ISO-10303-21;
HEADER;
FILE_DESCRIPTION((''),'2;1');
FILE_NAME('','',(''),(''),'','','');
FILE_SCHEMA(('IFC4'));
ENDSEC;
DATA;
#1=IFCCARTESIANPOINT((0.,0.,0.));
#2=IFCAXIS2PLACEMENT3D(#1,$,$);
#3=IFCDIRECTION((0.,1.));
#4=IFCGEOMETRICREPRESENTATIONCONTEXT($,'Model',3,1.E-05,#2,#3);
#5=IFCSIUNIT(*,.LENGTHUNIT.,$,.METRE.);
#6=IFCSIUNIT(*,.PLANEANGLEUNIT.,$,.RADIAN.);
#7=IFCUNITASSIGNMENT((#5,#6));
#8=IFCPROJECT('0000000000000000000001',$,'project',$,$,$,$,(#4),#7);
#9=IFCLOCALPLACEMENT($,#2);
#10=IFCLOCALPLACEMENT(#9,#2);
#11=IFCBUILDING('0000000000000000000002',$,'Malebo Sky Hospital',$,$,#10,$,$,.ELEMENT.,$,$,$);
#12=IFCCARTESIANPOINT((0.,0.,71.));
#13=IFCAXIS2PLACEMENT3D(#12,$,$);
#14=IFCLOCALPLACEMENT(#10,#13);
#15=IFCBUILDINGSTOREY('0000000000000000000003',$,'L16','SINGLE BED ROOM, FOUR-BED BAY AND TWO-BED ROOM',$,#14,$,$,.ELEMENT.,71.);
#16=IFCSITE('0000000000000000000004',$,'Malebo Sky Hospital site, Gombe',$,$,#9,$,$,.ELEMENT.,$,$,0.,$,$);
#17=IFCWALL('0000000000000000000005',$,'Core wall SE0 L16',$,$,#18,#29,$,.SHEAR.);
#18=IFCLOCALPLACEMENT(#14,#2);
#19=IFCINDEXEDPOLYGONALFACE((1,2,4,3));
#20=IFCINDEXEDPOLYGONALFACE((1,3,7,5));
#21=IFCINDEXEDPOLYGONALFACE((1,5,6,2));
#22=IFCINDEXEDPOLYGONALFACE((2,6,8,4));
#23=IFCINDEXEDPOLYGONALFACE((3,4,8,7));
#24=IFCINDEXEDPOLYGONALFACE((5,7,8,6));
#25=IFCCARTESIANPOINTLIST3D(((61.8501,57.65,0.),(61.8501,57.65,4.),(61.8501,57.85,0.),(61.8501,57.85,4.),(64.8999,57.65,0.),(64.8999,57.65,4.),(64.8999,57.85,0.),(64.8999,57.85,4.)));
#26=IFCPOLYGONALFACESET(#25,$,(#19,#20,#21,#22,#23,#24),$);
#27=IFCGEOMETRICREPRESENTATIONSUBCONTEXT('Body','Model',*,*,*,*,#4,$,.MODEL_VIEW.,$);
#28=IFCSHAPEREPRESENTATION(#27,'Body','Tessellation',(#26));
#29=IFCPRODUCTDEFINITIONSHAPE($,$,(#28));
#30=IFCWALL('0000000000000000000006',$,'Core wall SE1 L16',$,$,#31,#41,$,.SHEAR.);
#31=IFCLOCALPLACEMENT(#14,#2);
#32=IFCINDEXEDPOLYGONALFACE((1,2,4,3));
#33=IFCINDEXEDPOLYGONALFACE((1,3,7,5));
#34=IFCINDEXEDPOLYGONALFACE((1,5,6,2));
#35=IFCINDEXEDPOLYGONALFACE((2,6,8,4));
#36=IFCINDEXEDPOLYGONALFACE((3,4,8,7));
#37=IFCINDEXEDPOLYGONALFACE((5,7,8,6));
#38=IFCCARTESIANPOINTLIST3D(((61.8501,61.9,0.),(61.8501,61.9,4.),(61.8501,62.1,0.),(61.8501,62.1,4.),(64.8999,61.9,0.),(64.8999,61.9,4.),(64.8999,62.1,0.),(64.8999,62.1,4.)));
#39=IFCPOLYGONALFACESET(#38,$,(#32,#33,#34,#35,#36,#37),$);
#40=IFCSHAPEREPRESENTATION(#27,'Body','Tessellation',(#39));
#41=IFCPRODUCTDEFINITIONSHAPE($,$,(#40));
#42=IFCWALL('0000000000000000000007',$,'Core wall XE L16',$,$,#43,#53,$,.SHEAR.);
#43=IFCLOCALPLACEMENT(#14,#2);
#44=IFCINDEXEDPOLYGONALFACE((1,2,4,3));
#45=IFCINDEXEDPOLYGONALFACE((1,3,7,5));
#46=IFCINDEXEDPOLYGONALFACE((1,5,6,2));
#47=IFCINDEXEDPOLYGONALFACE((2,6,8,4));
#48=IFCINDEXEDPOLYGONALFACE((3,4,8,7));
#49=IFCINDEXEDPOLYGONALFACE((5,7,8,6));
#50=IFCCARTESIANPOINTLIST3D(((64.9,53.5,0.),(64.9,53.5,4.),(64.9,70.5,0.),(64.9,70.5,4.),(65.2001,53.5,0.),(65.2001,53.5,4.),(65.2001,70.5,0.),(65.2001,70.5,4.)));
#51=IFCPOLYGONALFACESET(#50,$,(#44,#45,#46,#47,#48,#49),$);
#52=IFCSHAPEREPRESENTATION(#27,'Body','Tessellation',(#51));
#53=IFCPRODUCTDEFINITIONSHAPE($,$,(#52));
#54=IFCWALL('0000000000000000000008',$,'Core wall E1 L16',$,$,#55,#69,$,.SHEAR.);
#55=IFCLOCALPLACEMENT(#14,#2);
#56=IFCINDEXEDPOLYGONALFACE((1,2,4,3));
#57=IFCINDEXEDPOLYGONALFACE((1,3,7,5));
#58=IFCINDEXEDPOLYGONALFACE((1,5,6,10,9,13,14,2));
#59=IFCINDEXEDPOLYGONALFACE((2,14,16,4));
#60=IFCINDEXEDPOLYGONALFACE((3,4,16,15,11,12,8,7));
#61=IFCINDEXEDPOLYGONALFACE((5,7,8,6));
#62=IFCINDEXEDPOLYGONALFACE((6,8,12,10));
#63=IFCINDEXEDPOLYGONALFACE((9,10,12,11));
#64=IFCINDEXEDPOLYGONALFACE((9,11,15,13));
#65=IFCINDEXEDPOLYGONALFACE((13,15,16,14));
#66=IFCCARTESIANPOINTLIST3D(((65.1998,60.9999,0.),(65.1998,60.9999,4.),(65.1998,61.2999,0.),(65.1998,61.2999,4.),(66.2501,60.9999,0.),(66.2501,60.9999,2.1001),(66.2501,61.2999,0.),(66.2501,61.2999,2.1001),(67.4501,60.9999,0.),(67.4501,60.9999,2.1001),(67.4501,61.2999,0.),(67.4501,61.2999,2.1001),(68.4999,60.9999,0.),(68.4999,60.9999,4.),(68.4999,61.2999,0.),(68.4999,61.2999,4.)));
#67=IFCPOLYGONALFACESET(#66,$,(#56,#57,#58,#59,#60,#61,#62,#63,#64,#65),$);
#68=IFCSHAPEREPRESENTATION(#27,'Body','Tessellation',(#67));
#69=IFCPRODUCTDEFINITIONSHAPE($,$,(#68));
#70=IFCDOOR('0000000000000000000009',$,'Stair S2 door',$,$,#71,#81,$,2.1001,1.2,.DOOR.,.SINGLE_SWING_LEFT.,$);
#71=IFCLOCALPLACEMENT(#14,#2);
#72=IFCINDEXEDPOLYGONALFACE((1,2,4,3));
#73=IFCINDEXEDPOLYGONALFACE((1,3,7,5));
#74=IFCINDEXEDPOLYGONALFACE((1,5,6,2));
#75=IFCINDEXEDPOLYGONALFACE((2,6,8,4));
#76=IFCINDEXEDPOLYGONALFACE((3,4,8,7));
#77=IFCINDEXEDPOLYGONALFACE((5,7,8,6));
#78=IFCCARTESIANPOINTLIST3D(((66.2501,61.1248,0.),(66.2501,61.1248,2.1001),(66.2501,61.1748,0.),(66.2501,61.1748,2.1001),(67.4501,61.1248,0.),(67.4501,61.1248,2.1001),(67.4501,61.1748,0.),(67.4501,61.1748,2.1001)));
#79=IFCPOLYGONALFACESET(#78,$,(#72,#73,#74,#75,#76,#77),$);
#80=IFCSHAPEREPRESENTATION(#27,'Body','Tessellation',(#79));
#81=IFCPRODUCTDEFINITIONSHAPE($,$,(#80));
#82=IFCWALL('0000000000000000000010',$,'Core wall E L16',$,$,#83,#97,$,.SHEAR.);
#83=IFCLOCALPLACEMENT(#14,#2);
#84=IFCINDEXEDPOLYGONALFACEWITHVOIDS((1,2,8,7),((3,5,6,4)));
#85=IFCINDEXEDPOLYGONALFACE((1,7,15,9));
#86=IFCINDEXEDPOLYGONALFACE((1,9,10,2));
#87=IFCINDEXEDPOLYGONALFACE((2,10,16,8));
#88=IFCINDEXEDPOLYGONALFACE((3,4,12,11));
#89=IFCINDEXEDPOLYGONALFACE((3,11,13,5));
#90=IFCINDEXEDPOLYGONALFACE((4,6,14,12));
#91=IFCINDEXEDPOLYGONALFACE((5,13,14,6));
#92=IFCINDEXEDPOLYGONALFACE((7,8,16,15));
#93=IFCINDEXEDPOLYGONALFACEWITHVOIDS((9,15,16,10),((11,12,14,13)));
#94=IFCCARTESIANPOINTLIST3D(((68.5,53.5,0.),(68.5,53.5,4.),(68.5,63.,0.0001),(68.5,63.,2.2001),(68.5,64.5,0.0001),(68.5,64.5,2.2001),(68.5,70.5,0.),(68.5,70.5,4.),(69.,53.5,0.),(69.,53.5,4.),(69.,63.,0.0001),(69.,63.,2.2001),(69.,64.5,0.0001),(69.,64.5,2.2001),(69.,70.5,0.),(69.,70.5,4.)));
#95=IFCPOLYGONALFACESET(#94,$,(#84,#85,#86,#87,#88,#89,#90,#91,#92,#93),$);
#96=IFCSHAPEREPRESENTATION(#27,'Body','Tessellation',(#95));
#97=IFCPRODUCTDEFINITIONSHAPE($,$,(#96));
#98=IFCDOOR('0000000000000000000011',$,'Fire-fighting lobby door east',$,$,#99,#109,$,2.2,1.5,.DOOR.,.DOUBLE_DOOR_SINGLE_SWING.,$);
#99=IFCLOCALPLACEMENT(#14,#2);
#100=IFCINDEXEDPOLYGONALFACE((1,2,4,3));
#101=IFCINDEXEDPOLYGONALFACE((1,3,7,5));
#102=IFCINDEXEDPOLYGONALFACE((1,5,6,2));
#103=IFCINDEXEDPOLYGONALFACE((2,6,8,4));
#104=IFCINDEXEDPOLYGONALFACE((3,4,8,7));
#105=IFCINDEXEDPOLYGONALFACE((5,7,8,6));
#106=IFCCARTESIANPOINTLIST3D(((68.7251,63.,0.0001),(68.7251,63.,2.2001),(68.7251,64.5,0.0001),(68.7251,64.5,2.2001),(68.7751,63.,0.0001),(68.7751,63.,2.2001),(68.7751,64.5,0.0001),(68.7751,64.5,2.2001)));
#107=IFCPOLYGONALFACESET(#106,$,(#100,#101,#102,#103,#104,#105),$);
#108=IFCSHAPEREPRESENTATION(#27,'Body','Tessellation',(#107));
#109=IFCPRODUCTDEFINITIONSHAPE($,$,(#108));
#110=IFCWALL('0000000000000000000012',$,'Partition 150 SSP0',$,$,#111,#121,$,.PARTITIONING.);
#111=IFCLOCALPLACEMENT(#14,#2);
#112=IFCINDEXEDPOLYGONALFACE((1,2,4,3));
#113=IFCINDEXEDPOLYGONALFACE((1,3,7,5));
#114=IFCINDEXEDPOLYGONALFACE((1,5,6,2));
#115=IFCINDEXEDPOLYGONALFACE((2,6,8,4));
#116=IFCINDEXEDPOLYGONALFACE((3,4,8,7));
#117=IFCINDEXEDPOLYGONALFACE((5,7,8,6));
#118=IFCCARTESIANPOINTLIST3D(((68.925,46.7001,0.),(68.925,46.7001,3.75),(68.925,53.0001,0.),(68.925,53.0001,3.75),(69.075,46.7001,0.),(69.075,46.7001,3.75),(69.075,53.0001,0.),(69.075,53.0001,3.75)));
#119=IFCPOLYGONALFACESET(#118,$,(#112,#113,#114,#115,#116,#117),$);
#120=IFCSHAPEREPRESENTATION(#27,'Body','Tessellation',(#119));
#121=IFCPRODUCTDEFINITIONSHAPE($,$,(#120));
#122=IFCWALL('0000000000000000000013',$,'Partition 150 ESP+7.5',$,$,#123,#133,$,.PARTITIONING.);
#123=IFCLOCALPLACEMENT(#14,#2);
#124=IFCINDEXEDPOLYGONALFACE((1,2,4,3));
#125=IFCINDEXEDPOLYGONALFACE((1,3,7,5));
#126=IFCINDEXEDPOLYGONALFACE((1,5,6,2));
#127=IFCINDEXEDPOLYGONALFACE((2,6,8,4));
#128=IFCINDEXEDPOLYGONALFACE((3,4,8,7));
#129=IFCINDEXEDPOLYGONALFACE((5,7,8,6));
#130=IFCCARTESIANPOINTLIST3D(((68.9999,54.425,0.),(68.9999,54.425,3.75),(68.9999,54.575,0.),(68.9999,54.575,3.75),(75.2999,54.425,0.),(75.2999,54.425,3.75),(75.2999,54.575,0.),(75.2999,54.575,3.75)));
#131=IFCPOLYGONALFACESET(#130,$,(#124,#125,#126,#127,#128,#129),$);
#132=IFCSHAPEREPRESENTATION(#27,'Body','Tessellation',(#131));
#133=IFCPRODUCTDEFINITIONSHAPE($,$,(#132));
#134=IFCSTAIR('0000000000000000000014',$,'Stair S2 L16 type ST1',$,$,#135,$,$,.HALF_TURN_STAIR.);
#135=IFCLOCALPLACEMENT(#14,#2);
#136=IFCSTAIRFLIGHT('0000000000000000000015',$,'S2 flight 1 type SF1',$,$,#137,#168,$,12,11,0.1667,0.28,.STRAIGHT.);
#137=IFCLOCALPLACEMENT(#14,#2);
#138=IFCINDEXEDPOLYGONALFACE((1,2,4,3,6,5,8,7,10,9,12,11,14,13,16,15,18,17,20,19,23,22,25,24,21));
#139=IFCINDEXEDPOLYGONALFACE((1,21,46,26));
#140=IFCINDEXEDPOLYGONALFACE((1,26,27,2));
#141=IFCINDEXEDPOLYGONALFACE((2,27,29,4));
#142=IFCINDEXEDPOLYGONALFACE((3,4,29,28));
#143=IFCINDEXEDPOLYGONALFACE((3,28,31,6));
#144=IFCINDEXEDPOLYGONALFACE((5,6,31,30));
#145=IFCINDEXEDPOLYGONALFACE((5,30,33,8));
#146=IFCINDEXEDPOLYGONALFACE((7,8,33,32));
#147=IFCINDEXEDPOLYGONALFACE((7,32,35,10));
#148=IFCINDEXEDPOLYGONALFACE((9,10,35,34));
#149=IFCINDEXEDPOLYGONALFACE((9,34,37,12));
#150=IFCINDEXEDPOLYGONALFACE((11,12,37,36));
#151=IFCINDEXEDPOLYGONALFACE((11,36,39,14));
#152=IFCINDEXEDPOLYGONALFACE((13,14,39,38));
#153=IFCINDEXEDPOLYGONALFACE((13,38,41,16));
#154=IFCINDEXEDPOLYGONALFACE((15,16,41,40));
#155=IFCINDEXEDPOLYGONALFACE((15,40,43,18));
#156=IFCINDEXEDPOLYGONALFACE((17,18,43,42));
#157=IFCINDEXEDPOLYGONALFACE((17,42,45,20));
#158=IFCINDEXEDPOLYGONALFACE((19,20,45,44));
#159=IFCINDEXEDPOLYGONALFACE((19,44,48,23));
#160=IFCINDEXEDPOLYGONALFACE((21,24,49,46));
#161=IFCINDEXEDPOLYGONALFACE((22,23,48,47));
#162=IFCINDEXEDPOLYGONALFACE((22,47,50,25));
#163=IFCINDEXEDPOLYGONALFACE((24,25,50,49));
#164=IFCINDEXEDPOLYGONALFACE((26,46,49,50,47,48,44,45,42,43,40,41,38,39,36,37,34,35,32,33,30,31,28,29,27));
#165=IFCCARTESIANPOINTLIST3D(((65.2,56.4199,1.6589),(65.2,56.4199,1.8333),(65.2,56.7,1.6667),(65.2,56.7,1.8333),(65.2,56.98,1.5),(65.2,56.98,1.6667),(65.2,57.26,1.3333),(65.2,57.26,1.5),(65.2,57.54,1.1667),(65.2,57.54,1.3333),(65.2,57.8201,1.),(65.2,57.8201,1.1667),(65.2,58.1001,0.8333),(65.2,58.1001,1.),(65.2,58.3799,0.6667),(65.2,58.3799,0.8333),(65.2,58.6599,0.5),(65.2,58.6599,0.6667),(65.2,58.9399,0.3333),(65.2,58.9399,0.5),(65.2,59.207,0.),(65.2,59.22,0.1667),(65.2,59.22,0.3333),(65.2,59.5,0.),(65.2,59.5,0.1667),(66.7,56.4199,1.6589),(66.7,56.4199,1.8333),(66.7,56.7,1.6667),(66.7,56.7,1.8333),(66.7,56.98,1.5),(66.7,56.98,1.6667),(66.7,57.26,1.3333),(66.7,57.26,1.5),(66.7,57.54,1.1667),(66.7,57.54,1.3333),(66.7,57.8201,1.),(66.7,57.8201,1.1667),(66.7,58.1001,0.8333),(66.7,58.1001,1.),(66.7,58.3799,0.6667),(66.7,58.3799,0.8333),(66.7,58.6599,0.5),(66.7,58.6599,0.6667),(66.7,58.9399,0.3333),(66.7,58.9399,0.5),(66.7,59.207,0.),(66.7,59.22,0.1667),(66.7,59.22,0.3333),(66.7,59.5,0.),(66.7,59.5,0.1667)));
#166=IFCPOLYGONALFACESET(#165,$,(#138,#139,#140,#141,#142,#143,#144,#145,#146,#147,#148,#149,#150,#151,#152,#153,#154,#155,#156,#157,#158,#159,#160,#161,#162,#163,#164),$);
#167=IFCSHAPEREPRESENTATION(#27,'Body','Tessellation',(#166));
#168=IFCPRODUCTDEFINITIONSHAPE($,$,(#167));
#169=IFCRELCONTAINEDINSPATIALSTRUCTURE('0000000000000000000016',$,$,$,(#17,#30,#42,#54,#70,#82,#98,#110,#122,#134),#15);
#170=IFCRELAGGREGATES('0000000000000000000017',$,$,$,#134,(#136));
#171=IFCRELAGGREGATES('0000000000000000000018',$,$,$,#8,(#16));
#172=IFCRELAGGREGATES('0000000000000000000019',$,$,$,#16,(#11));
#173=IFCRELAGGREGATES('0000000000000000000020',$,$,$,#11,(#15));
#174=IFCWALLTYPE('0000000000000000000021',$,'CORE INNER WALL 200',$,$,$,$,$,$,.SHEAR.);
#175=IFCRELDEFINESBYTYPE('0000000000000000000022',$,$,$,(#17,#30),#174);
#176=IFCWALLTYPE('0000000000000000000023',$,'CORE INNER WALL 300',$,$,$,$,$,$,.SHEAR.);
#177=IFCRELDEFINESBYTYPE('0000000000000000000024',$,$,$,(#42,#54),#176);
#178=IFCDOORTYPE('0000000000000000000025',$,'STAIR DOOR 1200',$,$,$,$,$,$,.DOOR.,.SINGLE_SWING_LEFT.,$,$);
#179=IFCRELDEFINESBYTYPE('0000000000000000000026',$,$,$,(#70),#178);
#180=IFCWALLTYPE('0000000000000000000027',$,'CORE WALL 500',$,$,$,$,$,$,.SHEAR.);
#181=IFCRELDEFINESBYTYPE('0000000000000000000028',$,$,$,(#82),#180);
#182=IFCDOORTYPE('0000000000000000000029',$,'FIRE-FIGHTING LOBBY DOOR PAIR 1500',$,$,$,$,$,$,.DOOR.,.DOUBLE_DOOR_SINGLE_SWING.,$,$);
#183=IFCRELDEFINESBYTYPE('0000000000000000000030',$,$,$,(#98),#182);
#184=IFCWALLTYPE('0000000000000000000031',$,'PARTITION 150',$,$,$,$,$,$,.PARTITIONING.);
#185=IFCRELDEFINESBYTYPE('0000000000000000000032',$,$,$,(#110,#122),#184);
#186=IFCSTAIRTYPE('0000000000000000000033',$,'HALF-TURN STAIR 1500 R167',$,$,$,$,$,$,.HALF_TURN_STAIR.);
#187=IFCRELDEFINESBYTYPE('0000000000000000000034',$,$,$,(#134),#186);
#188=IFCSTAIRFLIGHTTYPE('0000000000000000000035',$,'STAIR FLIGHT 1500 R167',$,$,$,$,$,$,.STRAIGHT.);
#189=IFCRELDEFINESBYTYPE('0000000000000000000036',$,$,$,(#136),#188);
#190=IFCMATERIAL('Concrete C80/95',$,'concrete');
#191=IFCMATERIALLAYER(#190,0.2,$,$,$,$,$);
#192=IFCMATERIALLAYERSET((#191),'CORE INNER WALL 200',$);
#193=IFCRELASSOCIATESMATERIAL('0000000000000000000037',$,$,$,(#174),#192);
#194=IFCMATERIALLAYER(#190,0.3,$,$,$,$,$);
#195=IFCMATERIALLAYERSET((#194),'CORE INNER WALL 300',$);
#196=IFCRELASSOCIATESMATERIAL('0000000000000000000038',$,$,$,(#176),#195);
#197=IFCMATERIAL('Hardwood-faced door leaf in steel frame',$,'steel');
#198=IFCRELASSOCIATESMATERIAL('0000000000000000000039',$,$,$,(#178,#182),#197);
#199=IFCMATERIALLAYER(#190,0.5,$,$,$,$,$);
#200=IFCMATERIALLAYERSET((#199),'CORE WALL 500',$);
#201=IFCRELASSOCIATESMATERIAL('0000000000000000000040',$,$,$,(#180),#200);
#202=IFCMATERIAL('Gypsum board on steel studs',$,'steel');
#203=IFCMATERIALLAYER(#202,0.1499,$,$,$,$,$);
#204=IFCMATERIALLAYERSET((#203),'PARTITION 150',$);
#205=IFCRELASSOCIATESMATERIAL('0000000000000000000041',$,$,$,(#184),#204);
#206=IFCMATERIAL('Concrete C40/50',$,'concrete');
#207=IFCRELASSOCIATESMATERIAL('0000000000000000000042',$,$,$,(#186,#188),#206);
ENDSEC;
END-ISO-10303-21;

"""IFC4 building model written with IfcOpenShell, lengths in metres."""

from ifc_helpers import new_model, si_unit, direction, frame, frame_2d, origin, place, context, subcontext, project, spatial, polyline, rectangle, outline, extrude, material, layer, layer_set, type_object, element, fill, aggregate, save


model = new_model("IFC4")

# Units and contexts
model_context = context("Model", 3, precision=1e-05, world=origin(), true_north=direction((0.0, 1.0)))
body_context = subcontext(model_context, "Body", "Model", "MODEL_VIEW")
ifc_project = project(units=[si_unit("LENGTHUNIT", "METRE"), si_unit("PLANEANGLEUNIT", "RADIAN")], contexts=[model_context])

# Site, building, storey
site_placement = place(None, origin())
site = spatial("IfcSite", under=ifc_project, at=site_placement, Name="Malebo Sky Hospital site, Gombe", CompositionType="ELEMENT", RefElevation=0.0)
building_placement = place(site_placement, origin())
building = spatial("IfcBuilding", under=site, at=building_placement, Name="Malebo Sky Hospital", CompositionType="ELEMENT")
storey_placement = place(building_placement, frame((0.0, 0.0, 71.0)))
storey = spatial("IfcBuildingStorey", under=building, at=storey_placement, Name="L16", Description="SINGLE BED ROOM, FOUR-BED BAY AND TWO-BED ROOM", CompositionType="ELEMENT", Elevation=71.0)

# Shared definitions
ifc_material_1 = material(Name="Concrete C80/95", Category="concrete")
ifc_layer_1 = layer(ifc_material_1, 0.2)
ifc_layer_set_1 = layer_set([ifc_layer_1], Name="CORE INNER WALL 200")
wall_type_1 = type_object("IfcWallType", Name="CORE INNER WALL 200", PredefinedType="SHEAR", material=ifc_layer_set_1)

# Walls
for number, where, z_axis, x_axis, name in (
    (1, (61.8501, 57.75, 0.0), (0.0, 0.0, 1.0), (1.0, 0.0, 0.0), "Core wall SE0 L16"),
    (2, (61.8501, 62.0, 0.0), (0.0, 0.0, 1.0), (1.0, 0.0, 0.0), "Core wall SE1 L16"),
):
    element("IfcWall", number, at=place(storey_placement, frame(where, z_axis=z_axis, x_axis=x_axis)), inside=storey, type_object=wall_type_1, Name=name, PredefinedType="SHEAR", context=body_context, shape_type="SweptSolid", body=[
        extrude(rectangle(XDim=3.0498, YDim=0.2, at=frame_2d((1.5249, 0.0))), origin(), (0.0, 0.0, 1.0), 4.0),
    ])
ifc_layer_2 = layer(ifc_material_1, 0.3)
ifc_layer_set_2 = layer_set([ifc_layer_2], Name="CORE INNER WALL 300")
wall_type_2 = type_object("IfcWallType", Name="CORE INNER WALL 300", PredefinedType="SHEAR", material=ifc_layer_set_2)
wall_1_placement = place(storey_placement, frame((65.05, 53.5, 0.0), z_axis=(0.0, 0.0, 1.0), x_axis=(0.0, 1.0, 0.0)))
element("IfcWall", 3, at=wall_1_placement, inside=storey, type_object=wall_type_2, Name="Core wall XE L16", PredefinedType="SHEAR", context=body_context, shape_type="SweptSolid", body=[
    extrude(rectangle(XDim=17.0, YDim=0.3, at=frame_2d((8.5, 0.0))), origin(), (0.0, 0.0, 1.0), 4.0),
])

# Walls, openings, doors
wall_2_placement = place(storey_placement, frame((65.2, 61.1499, 0.0), z_axis=(0.0, 0.0, 1.0), x_axis=(1.0, 0.0, 0.0)))
wall_2 = element("IfcWall", 4, at=wall_2_placement, inside=storey, type_object=wall_type_2, Name="Core wall E1 L16", PredefinedType="SHEAR", context=body_context, shape_type="SweptSolid", body=[
    extrude(rectangle(XDim=3.3, YDim=0.3, at=frame_2d((1.6499, 0.0))), origin(), (0.0, 0.0, 1.0), 4.0),
])
opening_1_placement = place(wall_2_placement, frame((1.05, 0.0, 0.0)))
opening_1 = element("IfcOpeningElement", 5, at=opening_1_placement, cuts=wall_2, PredefinedType="OPENING", context=body_context, shape_type="SweptSolid", body=[
    extrude(rectangle(XDim=1.2, YDim=2.1001, at=frame_2d((0.6001, 1.05))), frame((0.0, 0.1599, 0.0), z_axis=(0.0, -1.0, 0.0), x_axis=(1.0, 0.0, 0.0)), (0.0, 0.0, 1.0), 0.3201),
])
ifc_material_2 = material(Name="Hardwood-faced door leaf in steel frame", Category="steel")
door_type_1 = type_object("IfcDoorType", Name="STAIR DOOR 1200", OperationType="SINGLE_SWING_LEFT", PredefinedType="DOOR", material=ifc_material_2)
door_1_placement = place(opening_1_placement, origin())
door_1 = element("IfcDoor", 6, at=door_1_placement, inside=storey, type_object=door_type_1, Name="Stair S2 door", OperationType="SINGLE_SWING_LEFT", OverallHeight=2.1001, OverallWidth=1.2, PredefinedType="DOOR", context=body_context, shape_type="SweptSolid", body=[
    extrude(rectangle(XDim=1.2, YDim=2.1001, at=frame_2d((0.6001, 1.05))), frame((0.0, 0.0249, 0.0), z_axis=(0.0, -1.0, 0.0), x_axis=(1.0, 0.0, 0.0)), (0.0, 0.0, 1.0), 0.05),
])
fill(opening_1, door_1)
ifc_layer_3 = layer(ifc_material_1, 0.5)
ifc_layer_set_3 = layer_set([ifc_layer_3], Name="CORE WALL 500")
wall_type_3 = type_object("IfcWallType", Name="CORE WALL 500", PredefinedType="SHEAR", material=ifc_layer_set_3)
wall_3_placement = place(storey_placement, frame((68.75, 53.5, 0.0), z_axis=(0.0, 0.0, 1.0), x_axis=(0.0, 1.0, 0.0)))
wall_3 = element("IfcWall", 7, at=wall_3_placement, inside=storey, type_object=wall_type_3, Name="Core wall E L16", PredefinedType="SHEAR", context=body_context, shape_type="SweptSolid", body=[
    extrude(rectangle(XDim=17.0, YDim=0.5, at=frame_2d((8.5, 0.0))), origin(), (0.0, 0.0, 1.0), 4.0),
])
opening_2_placement = place(wall_3_placement, frame((9.5, 0.0, 0.0)))
opening_2 = element("IfcOpeningElement", 8, at=opening_2_placement, cuts=wall_3, PredefinedType="OPENING", context=body_context, shape_type="SweptSolid", body=[
    extrude(rectangle(XDim=1.5, YDim=2.2, at=frame_2d((0.75, 1.1001))), frame((0.0, 0.26, 0.0), z_axis=(0.0, -1.0, 0.0), x_axis=(1.0, 0.0, 0.0)), (0.0, 0.0, 1.0), 0.52),
])
door_type_2 = type_object("IfcDoorType", Name="FIRE-FIGHTING LOBBY DOOR PAIR 1500", OperationType="DOUBLE_DOOR_SINGLE_SWING", PredefinedType="DOOR", material=ifc_material_2)
door_2_placement = place(opening_2_placement, origin())
door_2 = element("IfcDoor", 9, at=door_2_placement, inside=storey, type_object=door_type_2, Name="Fire-fighting lobby door east", OperationType="DOUBLE_DOOR_SINGLE_SWING", OverallHeight=2.2, OverallWidth=1.5, PredefinedType="DOOR", context=body_context, shape_type="SweptSolid", body=[
    extrude(rectangle(XDim=1.5, YDim=2.2, at=frame_2d((0.75, 1.1001))), frame((0.0, 0.0249, 0.0), z_axis=(0.0, -1.0, 0.0), x_axis=(1.0, 0.0, 0.0)), (0.0, 0.0, 1.0), 0.05),
])
fill(opening_2, door_2)

# Walls
ifc_material_3 = material(Name="Gypsum board on steel studs", Category="steel")
ifc_layer_4 = layer(ifc_material_3, 0.1499)
ifc_layer_set_4 = layer_set([ifc_layer_4], Name="PARTITION 150")
wall_type_4 = type_object("IfcWallType", Name="PARTITION 150", PredefinedType="PARTITIONING", material=ifc_layer_set_4)
for number, where, z_axis, x_axis, name in (
    (10, (69.0, 53.0, 0.0), (0.0, 0.0, 1.0), (0.0, -1.0, 0.0), "Partition 150 SSP0"),
    (11, (69.0, 54.5, 0.0), (0.0, 0.0, 1.0), (1.0, 0.0, 0.0), "Partition 150 ESP+7.5"),
):
    element("IfcWall", number, at=place(storey_placement, frame(where, z_axis=z_axis, x_axis=x_axis)), inside=storey, type_object=wall_type_4, Name=name, PredefinedType="PARTITIONING", context=body_context, shape_type="SweptSolid", body=[
        extrude(rectangle(XDim=6.3, YDim=0.1499, at=frame_2d((3.1499, 0.0))), origin(), (0.0, 0.0, 1.0), 3.75),
    ])

# Stair, stair flight
ifc_material_4 = material(Name="Concrete C40/50", Category="concrete")
stair_type = type_object("IfcStairType", Name="HALF-TURN STAIR 1500 R167", PredefinedType="HALF_TURN_STAIR", material=ifc_material_4)
stair_placement = place(storey_placement, origin())
stair = element("IfcStair", 12, at=stair_placement, inside=storey, type_object=stair_type, Name="Stair S2 L16 type ST1", PredefinedType="HALF_TURN_STAIR")
stair_flight_type = type_object("IfcStairFlightType", Name="STAIR FLIGHT 1500 R167", PredefinedType="STRAIGHT", material=ifc_material_4)
stair_flight_1_placement = place(storey_placement, frame((65.95, 59.5, 0.0), z_axis=(0.0, 0.0, 1.0), x_axis=(0.0, -1.0, 0.0)))
stair_flight_1 = element("IfcStairFlight", 13, at=stair_flight_1_placement, type_object=stair_flight_type, Name="S2 flight 1 type SF1", NumberOfRisers=12, NumberOfTreads=11, PredefinedType="STRAIGHT", RiserHeight=0.1667, TreadLength=0.28, context=body_context, shape_type="SweptSolid", body=[
    extrude(outline(polyline([(0.0, 0.0), (0.0, 0.1667), (0.28, 0.1667), (0.28, 0.3333), (0.5601, 0.3333), (0.5601, 0.5), (0.8401, 0.5), (0.8401, 0.6667), (1.1201, 0.6667), (1.1201, 0.8333), (1.3999, 0.8333), (1.3999, 1.0), (1.6799, 1.0), (1.6799, 1.1667), (1.96, 1.1667), (1.96, 1.3333), (2.24, 1.3333), (2.24, 1.5), (2.52, 1.5), (2.52, 1.6667), (2.8, 1.6667), (2.8, 1.8333), (3.0801, 1.8333), (3.0801, 2.0), (3.0801, 1.6589), (0.293, 0.0), (0.0, 0.0)])), frame((0.0, 0.75, 0.0), z_axis=(0.0, -1.0, 0.0), x_axis=(1.0, 0.0, 0.0)), (0.0, 0.0, 1.0), 1.5),
])
aggregate(stair, [stair_flight_1])

save(model, "model.ifc")
